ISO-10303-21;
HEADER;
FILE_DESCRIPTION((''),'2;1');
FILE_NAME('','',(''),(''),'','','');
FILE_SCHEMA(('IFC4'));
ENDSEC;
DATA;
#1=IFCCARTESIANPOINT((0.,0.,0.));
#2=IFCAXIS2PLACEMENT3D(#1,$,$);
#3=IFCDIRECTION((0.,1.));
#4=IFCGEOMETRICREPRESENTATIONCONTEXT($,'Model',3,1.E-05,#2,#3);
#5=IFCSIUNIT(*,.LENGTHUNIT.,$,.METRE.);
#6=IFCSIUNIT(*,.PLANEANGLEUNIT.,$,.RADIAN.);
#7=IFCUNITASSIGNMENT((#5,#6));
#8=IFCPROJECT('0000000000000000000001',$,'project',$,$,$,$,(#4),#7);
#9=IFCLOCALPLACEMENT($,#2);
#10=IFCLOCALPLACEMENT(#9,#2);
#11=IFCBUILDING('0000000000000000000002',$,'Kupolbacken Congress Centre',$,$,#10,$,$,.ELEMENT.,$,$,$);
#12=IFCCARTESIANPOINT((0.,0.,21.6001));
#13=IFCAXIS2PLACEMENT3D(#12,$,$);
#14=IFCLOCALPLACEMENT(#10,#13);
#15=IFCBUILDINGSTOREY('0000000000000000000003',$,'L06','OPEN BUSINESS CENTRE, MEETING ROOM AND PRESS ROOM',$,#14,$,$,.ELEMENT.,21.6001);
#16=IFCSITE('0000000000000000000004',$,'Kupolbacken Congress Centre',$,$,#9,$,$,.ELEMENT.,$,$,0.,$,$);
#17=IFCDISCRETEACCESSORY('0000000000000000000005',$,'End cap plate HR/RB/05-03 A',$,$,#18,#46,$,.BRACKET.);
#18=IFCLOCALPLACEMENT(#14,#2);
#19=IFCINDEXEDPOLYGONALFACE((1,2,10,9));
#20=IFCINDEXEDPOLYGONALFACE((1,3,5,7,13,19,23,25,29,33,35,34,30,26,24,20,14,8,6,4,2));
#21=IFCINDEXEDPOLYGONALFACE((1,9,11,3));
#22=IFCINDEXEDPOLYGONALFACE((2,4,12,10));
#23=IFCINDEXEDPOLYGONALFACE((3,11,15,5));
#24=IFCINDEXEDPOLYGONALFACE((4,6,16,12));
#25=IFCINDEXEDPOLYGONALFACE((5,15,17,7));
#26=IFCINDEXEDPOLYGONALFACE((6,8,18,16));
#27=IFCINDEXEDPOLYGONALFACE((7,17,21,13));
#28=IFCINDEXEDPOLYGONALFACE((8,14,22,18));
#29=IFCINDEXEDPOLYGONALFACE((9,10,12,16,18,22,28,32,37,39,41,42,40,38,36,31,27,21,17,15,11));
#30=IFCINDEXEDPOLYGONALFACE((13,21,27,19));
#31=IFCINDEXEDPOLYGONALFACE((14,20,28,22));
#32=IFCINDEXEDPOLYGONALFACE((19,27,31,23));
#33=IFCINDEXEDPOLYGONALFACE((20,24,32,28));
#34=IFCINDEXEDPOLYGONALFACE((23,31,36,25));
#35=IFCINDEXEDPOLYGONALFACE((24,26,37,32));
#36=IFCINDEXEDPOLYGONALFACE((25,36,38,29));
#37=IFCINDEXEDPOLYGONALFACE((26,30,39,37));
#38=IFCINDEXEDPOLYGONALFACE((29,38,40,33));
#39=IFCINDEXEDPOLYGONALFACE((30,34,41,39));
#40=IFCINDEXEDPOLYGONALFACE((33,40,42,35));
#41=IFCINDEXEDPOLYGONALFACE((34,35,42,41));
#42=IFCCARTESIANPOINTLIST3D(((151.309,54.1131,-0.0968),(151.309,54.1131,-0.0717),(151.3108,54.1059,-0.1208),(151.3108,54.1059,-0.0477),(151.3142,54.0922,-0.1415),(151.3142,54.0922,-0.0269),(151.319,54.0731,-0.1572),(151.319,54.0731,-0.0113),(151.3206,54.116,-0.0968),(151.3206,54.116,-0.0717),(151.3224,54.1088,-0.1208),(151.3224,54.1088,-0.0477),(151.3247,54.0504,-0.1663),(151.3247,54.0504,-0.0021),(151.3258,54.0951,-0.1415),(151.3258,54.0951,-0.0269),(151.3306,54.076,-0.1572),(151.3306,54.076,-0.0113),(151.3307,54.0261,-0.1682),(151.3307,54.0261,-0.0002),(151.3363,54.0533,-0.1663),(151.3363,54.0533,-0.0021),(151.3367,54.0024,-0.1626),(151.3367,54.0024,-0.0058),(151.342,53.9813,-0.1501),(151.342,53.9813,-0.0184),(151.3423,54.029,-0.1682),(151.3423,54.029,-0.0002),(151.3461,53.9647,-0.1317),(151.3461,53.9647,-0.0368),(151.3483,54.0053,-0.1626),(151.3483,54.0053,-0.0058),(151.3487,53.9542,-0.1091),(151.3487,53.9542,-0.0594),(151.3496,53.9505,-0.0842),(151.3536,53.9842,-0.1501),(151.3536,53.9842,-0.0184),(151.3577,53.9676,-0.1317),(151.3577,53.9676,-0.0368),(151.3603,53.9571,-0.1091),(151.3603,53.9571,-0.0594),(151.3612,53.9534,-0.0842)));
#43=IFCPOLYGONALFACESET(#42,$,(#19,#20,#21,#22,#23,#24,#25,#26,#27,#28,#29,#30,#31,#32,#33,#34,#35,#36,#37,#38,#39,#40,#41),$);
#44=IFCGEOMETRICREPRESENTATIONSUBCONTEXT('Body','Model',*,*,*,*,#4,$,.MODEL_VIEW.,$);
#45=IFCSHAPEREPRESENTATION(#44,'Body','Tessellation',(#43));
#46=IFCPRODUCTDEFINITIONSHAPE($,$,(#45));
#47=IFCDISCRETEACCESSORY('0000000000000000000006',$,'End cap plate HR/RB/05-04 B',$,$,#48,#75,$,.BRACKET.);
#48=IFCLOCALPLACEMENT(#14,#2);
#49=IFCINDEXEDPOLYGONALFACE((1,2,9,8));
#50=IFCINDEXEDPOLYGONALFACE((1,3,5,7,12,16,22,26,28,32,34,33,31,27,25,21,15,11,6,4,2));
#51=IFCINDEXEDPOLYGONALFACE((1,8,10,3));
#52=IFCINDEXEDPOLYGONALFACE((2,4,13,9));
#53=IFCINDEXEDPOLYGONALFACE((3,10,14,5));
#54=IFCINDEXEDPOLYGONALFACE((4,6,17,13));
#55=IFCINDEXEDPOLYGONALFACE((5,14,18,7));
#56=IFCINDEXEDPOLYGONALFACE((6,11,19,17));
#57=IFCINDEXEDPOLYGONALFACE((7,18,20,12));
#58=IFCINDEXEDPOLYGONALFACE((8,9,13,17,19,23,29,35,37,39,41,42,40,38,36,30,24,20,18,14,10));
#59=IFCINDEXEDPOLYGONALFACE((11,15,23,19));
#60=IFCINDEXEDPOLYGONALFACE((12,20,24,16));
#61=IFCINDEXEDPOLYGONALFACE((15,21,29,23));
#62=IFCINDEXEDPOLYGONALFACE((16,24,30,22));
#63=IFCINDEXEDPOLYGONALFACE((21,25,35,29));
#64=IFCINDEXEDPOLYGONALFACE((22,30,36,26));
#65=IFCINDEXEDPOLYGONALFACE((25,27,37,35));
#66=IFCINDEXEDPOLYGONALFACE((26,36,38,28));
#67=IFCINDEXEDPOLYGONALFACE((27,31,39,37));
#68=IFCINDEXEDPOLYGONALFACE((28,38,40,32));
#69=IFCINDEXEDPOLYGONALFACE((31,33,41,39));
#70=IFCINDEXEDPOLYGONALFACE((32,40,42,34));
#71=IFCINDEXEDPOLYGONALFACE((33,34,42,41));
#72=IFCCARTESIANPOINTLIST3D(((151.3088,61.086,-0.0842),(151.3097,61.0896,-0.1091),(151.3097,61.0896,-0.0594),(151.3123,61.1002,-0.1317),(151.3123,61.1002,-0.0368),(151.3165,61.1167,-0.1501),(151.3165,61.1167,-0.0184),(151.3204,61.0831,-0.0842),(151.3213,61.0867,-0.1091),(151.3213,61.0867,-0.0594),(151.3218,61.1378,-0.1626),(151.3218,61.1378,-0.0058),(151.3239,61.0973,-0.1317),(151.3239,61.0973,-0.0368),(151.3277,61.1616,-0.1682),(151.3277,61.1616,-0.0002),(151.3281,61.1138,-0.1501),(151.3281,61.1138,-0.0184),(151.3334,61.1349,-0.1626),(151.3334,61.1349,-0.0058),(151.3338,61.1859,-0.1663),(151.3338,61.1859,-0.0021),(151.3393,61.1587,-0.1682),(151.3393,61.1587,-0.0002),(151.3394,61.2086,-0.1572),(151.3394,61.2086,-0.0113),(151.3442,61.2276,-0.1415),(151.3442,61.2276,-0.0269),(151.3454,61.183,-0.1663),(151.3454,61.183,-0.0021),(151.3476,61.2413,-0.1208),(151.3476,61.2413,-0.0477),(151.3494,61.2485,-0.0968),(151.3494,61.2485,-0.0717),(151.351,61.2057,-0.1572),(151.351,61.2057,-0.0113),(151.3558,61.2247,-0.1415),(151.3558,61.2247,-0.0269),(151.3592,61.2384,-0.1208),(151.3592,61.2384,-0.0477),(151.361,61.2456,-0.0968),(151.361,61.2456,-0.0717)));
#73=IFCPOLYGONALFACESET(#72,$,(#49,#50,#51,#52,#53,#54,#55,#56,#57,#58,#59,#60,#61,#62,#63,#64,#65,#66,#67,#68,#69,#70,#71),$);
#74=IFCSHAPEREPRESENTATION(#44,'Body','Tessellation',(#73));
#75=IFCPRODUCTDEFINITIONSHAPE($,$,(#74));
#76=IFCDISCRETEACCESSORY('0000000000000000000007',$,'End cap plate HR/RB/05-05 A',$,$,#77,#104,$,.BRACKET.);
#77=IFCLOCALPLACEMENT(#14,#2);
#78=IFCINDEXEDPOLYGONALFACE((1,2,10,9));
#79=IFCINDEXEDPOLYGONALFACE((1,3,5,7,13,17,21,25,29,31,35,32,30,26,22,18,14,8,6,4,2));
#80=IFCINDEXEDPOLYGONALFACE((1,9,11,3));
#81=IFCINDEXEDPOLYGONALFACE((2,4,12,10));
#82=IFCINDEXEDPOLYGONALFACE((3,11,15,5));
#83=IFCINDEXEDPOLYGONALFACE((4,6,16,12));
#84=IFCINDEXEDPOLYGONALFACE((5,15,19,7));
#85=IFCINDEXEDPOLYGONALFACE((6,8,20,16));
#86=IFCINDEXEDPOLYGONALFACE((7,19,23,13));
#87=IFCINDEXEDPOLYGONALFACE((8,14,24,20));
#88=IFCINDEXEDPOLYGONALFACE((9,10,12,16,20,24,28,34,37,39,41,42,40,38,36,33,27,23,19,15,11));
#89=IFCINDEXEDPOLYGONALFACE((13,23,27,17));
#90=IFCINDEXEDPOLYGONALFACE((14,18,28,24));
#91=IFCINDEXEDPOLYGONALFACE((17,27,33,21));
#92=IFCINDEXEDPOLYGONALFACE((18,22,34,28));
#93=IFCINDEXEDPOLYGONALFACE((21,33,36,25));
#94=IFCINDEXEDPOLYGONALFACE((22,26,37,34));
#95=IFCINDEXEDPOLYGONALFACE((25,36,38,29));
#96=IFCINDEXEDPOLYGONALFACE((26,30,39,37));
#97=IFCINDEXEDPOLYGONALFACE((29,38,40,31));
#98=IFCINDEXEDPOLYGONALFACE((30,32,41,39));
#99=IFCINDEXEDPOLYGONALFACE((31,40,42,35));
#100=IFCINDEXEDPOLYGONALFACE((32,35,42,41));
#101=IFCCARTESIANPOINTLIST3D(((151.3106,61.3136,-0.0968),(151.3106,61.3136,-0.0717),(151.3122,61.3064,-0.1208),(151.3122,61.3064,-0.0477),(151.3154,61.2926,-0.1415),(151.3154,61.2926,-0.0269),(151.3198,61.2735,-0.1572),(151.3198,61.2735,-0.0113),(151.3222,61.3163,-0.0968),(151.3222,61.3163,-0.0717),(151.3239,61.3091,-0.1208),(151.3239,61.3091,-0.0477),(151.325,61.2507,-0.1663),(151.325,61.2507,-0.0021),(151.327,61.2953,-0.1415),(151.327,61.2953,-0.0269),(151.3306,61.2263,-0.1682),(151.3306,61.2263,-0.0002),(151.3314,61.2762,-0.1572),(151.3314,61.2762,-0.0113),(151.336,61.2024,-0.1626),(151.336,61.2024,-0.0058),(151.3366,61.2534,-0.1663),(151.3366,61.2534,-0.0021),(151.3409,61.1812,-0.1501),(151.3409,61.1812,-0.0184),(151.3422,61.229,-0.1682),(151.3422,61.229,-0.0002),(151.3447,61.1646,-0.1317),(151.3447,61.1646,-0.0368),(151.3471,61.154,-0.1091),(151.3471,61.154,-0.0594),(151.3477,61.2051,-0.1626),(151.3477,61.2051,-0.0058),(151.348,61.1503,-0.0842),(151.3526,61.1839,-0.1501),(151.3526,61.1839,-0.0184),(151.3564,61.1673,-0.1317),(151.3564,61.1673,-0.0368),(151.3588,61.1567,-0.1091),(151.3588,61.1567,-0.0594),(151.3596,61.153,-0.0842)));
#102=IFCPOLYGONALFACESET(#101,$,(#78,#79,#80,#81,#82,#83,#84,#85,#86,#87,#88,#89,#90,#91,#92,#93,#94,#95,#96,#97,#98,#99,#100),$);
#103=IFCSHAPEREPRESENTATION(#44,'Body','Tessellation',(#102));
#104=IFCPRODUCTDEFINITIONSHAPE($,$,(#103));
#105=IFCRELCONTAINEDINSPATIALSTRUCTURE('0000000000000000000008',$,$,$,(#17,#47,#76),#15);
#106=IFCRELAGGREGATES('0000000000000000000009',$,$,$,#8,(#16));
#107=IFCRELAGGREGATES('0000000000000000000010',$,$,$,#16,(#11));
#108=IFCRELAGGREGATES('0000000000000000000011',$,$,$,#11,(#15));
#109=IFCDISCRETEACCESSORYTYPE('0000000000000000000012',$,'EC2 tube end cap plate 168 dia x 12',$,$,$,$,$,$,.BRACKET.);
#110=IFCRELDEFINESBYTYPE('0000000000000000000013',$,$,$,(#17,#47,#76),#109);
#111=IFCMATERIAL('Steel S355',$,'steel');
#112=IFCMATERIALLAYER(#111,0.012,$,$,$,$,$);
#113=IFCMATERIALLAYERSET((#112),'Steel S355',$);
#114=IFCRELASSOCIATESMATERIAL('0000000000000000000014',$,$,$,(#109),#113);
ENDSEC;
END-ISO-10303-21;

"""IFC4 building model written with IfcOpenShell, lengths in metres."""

from ifc_helpers import new_model, si_unit, direction, frame, origin, origin_2d, place, context, subcontext, project, spatial, circle, extrude, material, layer, layer_set, type_object, element, save


model = new_model("IFC4")

# Units and contexts
model_context = context("Model", 3, precision=1e-05, world=origin(), true_north=direction((0.0, 1.0)))
body_context = subcontext(model_context, "Body", "Model", "MODEL_VIEW")
ifc_project = project(units=[si_unit("LENGTHUNIT", "METRE"), si_unit("PLANEANGLEUNIT", "RADIAN")], contexts=[model_context])

# Site, building, storey
site_placement = place(None, origin())
site = spatial("IfcSite", under=ifc_project, at=site_placement, Name="Kupolbacken Congress Centre", CompositionType="ELEMENT", RefElevation=0.0)
building_placement = place(site_placement, origin())
building = spatial("IfcBuilding", under=site, at=building_placement, Name="Kupolbacken Congress Centre", CompositionType="ELEMENT")
storey_placement = place(building_placement, frame((0.0, 0.0, 21.6001)))
storey = spatial("IfcBuildingStorey", under=building, at=storey_placement, Name="L06", Description="OPEN BUSINESS CENTRE, MEETING ROOM AND PRESS ROOM", CompositionType="ELEMENT", Elevation=21.6001)

# Discrete accessories
ifc_material_1 = material(Name="Steel S355", Category="steel")
ifc_layer_1 = layer(ifc_material_1, 0.012)
ifc_layer_set_1 = layer_set([ifc_layer_1], Name="Steel S355")
discrete_accessory_type = type_object("IfcDiscreteAccessoryType", Name="EC2 tube end cap plate 168 dia x 12", PredefinedType="BRACKET", material=ifc_layer_set_1)
for number, where, z_axis, x_axis, name in (
    (1, (151.3408, 54.0352, -0.0842), (-0.970143, -0.242536, 0.0), (0.242536, -0.970143, 0.0), "End cap plate HR/RB/05-03 A"),
    (2, (151.3408, 61.1648, -0.0842), (-0.970143, 0.242536, 0.0), (-0.242536, -0.970143, 0.0), "End cap plate HR/RB/05-04 B"),
    (3, (151.3408, 61.2351, -0.0842), (-0.974732, -0.223376, 0.0), (0.223376, -0.974732, 0.0), "End cap plate HR/RB/05-05 A"),
):
    element("IfcDiscreteAccessory", number, at=place(storey_placement, frame(where, z_axis=z_axis, x_axis=x_axis)), inside=storey, type_object=discrete_accessory_type, Name=name, PredefinedType="BRACKET", context=body_context, shape_type="SweptSolid", body=[
        extrude(circle(Radius=0.0842, at=origin_2d()), origin(), (0.0, 0.0, 1.0), 0.012),
    ])

save(model, "model.ifc")
